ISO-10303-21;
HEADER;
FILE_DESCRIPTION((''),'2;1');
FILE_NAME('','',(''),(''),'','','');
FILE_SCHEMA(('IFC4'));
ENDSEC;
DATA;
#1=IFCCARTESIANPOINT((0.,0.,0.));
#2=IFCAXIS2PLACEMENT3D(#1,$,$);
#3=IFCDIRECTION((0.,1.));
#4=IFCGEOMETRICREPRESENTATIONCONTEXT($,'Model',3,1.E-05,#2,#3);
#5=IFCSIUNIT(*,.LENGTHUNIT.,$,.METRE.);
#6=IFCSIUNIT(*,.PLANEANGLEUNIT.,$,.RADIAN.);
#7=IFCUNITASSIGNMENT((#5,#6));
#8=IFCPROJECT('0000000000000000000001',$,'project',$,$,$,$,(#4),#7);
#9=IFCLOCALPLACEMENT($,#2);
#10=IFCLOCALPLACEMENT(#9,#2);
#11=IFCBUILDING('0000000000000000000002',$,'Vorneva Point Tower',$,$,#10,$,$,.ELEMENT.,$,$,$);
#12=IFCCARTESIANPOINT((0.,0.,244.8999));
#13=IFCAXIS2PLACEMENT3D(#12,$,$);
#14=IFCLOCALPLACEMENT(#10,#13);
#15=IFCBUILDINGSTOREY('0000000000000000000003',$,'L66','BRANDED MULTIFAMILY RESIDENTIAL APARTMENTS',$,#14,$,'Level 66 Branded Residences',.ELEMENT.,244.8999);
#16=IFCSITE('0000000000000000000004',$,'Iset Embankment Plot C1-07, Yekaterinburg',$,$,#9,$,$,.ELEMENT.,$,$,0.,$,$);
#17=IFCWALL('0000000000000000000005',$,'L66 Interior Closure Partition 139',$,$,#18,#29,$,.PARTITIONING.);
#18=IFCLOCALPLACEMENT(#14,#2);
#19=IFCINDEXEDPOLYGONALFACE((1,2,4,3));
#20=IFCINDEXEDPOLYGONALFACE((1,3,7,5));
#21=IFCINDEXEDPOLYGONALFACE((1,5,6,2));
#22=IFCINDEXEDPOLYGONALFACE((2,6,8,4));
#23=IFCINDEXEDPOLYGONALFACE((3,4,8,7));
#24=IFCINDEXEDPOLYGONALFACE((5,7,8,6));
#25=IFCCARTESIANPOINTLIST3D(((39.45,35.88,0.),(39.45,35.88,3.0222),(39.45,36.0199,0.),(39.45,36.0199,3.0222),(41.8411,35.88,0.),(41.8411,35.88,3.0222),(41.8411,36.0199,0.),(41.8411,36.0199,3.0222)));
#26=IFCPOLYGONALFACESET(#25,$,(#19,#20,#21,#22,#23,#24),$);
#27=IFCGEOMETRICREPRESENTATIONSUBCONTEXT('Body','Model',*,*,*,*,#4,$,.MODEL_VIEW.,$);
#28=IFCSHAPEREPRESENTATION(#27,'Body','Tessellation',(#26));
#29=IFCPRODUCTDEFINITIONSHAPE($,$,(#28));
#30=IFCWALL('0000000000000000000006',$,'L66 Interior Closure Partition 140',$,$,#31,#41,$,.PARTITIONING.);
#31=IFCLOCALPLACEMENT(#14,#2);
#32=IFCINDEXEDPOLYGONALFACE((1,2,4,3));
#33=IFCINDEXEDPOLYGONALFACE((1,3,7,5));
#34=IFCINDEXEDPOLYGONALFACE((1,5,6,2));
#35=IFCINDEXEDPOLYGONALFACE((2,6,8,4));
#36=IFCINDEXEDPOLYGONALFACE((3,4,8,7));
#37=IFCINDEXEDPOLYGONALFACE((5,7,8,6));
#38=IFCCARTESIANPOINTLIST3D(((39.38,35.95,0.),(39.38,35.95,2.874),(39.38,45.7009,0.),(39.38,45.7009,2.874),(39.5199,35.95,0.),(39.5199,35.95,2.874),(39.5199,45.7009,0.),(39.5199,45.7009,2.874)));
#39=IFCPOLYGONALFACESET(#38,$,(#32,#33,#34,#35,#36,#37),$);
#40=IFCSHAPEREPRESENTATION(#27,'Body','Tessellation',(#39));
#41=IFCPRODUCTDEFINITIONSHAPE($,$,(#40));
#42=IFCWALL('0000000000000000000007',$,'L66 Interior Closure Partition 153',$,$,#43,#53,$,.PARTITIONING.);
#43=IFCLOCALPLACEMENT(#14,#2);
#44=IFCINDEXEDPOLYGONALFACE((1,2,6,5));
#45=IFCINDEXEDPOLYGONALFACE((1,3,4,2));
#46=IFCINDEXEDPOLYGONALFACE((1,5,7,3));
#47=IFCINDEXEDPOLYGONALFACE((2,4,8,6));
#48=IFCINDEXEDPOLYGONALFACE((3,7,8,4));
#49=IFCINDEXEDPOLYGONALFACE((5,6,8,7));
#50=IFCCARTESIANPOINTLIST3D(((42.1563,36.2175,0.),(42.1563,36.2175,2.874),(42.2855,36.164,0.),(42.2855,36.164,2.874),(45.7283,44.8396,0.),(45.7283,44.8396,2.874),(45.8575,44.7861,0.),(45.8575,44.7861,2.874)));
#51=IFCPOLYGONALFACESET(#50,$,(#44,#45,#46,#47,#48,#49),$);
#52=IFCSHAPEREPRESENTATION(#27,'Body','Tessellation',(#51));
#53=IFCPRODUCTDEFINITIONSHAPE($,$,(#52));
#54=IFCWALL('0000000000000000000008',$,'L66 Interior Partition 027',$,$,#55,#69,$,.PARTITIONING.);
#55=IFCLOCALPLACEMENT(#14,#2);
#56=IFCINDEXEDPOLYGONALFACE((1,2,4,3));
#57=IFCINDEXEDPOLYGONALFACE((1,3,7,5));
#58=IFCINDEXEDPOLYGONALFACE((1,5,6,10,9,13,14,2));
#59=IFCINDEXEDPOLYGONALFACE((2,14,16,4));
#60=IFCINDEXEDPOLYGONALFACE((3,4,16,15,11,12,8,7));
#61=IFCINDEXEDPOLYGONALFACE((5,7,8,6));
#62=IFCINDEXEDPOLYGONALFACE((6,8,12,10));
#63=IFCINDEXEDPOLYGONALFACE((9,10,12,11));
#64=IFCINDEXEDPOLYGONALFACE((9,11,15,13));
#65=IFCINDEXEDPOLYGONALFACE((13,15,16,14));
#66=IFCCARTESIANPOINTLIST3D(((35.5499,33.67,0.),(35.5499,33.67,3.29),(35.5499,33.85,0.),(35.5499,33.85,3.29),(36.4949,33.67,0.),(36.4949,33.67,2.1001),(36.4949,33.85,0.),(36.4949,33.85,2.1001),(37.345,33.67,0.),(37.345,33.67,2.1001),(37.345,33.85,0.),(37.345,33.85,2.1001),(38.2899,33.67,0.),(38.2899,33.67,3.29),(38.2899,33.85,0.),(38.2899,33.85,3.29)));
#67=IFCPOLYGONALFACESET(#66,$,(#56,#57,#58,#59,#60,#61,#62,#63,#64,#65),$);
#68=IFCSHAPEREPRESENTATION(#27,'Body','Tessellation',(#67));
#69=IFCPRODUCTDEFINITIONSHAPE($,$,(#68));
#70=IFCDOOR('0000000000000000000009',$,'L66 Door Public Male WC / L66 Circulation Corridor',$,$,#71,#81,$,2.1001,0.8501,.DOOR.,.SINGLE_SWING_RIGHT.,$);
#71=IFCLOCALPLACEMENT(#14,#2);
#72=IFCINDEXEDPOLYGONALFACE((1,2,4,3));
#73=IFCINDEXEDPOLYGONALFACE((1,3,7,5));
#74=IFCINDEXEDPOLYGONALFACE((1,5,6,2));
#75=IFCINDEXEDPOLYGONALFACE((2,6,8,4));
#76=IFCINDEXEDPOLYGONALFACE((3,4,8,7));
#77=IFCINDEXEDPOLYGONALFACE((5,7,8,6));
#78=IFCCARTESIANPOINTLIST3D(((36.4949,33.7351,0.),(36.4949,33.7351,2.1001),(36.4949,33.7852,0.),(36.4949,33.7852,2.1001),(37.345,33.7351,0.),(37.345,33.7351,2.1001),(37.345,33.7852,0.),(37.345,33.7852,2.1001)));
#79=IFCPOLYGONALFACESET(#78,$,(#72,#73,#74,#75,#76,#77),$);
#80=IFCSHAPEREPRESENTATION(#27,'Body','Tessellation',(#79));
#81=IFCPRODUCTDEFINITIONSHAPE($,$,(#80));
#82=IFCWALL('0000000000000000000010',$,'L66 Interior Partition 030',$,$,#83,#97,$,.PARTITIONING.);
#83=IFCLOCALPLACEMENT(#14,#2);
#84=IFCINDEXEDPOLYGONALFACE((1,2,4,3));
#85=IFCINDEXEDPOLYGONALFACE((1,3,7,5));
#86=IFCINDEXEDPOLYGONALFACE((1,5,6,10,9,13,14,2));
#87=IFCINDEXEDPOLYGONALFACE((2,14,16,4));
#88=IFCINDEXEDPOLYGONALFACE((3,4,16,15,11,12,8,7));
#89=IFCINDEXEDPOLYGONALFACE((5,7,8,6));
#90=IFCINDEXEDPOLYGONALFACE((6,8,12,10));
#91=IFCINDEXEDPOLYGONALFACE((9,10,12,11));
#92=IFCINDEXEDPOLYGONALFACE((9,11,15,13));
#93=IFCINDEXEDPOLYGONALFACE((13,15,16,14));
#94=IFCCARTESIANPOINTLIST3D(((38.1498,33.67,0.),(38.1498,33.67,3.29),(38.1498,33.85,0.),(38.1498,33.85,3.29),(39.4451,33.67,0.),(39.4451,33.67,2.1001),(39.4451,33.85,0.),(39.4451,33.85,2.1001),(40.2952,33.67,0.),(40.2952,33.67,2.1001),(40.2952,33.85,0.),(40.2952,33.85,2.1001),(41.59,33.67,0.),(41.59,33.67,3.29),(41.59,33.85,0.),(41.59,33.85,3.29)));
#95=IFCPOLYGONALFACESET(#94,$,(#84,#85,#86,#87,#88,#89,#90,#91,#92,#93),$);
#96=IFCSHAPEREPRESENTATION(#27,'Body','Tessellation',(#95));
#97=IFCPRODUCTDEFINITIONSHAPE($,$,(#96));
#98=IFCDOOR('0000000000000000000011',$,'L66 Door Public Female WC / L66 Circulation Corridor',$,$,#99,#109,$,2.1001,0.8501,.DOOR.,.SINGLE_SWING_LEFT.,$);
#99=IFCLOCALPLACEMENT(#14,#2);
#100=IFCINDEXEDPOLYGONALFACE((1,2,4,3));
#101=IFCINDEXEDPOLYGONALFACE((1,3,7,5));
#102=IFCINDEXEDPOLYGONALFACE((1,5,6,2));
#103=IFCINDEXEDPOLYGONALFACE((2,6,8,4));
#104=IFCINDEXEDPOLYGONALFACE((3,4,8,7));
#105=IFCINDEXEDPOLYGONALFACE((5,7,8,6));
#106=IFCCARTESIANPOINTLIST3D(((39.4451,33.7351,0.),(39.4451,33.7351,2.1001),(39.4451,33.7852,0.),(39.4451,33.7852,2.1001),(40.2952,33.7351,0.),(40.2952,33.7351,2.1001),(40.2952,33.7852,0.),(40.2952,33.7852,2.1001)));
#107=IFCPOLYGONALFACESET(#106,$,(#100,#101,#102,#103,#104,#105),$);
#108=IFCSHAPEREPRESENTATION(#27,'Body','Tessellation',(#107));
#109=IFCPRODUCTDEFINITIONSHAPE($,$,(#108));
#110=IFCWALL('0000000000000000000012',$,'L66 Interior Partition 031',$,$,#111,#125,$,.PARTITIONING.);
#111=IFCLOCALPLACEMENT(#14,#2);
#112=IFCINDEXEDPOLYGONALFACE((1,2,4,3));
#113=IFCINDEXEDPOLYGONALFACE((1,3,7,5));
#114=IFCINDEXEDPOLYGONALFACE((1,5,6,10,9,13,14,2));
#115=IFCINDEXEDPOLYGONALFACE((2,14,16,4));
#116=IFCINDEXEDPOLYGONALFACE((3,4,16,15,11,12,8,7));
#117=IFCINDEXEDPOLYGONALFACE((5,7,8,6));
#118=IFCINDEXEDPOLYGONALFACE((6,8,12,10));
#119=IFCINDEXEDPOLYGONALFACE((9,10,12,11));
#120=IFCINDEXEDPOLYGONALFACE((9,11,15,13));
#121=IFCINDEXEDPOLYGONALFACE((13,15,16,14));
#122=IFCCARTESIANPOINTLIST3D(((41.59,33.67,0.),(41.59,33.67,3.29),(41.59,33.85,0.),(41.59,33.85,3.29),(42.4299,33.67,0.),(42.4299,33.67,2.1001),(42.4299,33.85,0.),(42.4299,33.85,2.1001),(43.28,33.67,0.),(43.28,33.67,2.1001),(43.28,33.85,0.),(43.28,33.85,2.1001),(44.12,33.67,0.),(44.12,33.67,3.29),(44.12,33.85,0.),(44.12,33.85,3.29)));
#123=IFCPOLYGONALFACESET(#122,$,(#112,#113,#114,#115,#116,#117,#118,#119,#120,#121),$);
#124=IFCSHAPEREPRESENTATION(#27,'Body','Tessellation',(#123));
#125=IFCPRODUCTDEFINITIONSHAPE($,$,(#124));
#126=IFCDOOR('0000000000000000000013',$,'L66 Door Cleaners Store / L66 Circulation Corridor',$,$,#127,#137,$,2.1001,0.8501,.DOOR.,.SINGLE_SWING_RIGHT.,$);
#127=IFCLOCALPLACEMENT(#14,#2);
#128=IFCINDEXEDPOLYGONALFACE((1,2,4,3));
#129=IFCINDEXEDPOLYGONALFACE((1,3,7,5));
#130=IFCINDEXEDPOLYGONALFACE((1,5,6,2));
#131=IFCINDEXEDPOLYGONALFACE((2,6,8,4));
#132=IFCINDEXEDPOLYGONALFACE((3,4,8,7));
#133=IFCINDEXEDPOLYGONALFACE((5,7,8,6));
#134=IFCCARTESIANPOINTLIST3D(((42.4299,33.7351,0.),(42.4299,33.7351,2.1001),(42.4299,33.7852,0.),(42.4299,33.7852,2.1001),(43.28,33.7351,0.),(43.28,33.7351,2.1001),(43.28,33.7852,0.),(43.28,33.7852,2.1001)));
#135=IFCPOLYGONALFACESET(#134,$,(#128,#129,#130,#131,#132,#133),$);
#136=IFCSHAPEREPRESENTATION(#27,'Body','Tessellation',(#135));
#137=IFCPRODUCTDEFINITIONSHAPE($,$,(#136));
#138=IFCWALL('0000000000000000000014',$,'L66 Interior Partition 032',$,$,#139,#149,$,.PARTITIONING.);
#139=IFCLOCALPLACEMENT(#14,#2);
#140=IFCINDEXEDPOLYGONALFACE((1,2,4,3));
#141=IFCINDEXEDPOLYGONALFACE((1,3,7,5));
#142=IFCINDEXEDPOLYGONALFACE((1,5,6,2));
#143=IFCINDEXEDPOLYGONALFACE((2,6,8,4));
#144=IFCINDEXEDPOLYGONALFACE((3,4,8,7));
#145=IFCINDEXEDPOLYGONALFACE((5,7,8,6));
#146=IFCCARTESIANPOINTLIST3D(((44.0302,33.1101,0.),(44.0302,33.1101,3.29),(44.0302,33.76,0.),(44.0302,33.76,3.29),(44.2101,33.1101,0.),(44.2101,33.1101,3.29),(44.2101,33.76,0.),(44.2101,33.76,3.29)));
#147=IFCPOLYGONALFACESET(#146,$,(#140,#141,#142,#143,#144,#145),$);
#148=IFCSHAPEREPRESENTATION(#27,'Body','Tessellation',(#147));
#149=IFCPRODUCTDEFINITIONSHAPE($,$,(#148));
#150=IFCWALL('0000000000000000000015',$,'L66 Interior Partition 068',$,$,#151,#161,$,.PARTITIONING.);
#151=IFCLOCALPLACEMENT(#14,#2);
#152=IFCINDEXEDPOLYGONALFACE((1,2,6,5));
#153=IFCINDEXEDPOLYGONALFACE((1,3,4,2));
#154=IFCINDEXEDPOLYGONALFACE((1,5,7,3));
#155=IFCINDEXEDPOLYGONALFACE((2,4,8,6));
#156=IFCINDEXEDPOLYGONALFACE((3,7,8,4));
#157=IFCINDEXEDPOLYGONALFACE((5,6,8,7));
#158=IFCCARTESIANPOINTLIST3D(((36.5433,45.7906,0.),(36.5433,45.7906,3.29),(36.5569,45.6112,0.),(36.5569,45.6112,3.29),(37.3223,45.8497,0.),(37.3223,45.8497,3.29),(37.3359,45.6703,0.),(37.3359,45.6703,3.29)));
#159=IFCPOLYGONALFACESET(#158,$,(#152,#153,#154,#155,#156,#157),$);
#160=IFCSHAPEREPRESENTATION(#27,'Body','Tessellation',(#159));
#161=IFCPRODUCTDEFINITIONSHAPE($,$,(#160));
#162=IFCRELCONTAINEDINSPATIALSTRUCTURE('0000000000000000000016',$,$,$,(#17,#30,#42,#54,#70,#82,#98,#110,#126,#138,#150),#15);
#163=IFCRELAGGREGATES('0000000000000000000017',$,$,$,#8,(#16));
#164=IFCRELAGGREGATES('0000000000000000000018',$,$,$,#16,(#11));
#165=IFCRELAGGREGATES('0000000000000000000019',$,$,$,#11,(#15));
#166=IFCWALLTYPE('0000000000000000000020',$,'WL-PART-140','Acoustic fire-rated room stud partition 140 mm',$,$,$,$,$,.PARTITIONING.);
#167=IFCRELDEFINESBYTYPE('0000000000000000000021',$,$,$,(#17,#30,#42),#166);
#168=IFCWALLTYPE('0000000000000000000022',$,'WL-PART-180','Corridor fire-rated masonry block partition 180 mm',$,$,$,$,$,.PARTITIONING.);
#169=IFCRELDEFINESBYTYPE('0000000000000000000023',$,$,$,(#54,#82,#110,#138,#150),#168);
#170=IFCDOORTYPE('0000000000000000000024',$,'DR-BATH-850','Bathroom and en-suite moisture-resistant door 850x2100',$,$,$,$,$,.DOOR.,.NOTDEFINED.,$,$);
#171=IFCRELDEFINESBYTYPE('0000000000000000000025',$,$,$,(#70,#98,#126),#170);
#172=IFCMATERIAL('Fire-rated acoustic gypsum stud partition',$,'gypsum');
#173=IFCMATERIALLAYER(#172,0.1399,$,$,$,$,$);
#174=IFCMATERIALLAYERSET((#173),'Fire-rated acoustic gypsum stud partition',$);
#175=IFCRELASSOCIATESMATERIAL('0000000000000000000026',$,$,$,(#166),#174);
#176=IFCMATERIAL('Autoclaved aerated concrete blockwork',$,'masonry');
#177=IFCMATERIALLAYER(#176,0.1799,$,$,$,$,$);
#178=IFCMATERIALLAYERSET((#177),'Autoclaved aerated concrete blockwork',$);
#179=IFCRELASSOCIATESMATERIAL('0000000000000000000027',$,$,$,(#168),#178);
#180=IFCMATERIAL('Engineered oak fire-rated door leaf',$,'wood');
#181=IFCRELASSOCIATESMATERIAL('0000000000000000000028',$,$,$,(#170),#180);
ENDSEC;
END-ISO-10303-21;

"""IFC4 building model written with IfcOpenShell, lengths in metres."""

from ifc_helpers import new_model, si_unit, direction, frame, frame_2d, origin, place, context, subcontext, project, spatial, rectangle, extrude, material, layer, layer_set, type_object, element, fill, save


model = new_model("IFC4")

# Units and contexts
model_context = context("Model", 3, precision=1e-05, world=origin(), true_north=direction((0.0, 1.0)))
body_context = subcontext(model_context, "Body", "Model", "MODEL_VIEW")
ifc_project = project(units=[si_unit("LENGTHUNIT", "METRE"), si_unit("PLANEANGLEUNIT", "RADIAN")], contexts=[model_context])

# Site, building, storey
site_placement = place(None, origin())
site = spatial("IfcSite", under=ifc_project, at=site_placement, Name="Iset Embankment Plot C1-07, Yekaterinburg", CompositionType="ELEMENT", RefElevation=0.0)
building_placement = place(site_placement, origin())
building = spatial("IfcBuilding", under=site, at=building_placement, Name="Vorneva Point Tower", CompositionType="ELEMENT")
storey_placement = place(building_placement, frame((0.0, 0.0, 244.8999)))
storey = spatial("IfcBuildingStorey", under=building, at=storey_placement, Name="L66", Description="BRANDED MULTIFAMILY RESIDENTIAL APARTMENTS", LongName="Level 66 Branded Residences", CompositionType="ELEMENT", Elevation=244.8999)

# Walls
ifc_material_1 = material(Name="Fire-rated acoustic gypsum stud partition", Category="gypsum")
ifc_layer_1 = layer(ifc_material_1, 0.1399)
ifc_layer_set_1 = layer_set([ifc_layer_1], Name="Fire-rated acoustic gypsum stud partition")
wall_type_1 = type_object("IfcWallType", Name="WL-PART-140", Description="Acoustic fire-rated room stud partition 140 mm", PredefinedType="PARTITIONING", material=ifc_layer_set_1)
wall_1_placement = place(storey_placement, frame((41.8411, 35.95, 0.0), z_axis=(0.0, 0.0, 1.0), x_axis=(-1.0, 0.0, 0.0)))
element("IfcWall", 1, at=wall_1_placement, inside=storey, type_object=wall_type_1, Name="L66 Interior Closure Partition 139", PredefinedType="PARTITIONING", context=body_context, shape_type="SweptSolid", body=[
    extrude(rectangle(XDim=2.3911, YDim=0.1399, at=frame_2d((1.1956, 0.0))), origin(), (0.0, 0.0, 1.0), 3.0222),
])
wall_2_placement = place(storey_placement, frame((39.45, 35.95, 0.0), z_axis=(0.0, 0.0, 1.0), x_axis=(0.0, 1.0, 0.0)))
element("IfcWall", 2, at=wall_2_placement, inside=storey, type_object=wall_type_1, Name="L66 Interior Closure Partition 140", PredefinedType="PARTITIONING", context=body_context, shape_type="SweptSolid", body=[
    extrude(rectangle(XDim=9.751, YDim=0.1399, at=frame_2d((4.8755, 0.0))), origin(), (0.0, 0.0, 1.0), 2.874),
])
wall_3_placement = place(storey_placement, frame((45.793, 44.813, 0.0), z_axis=(0.0, 0.0, 1.0), x_axis=(-0.382742, -0.923855, 0.0)))
element("IfcWall", 3, at=wall_3_placement, inside=storey, type_object=wall_type_1, Name="L66 Interior Closure Partition 153", PredefinedType="PARTITIONING", context=body_context, shape_type="SweptSolid", body=[
    extrude(rectangle(XDim=9.3328, YDim=0.1399, at=frame_2d((4.6665, 0.0))), origin(), (0.0, 0.0, 1.0), 2.874),
])

# Walls, openings, doors
ifc_material_2 = material(Name="Autoclaved aerated concrete blockwork", Category="masonry")
ifc_layer_2 = layer(ifc_material_2, 0.1799)
ifc_layer_set_2 = layer_set([ifc_layer_2], Name="Autoclaved aerated concrete blockwork")
wall_type_2 = type_object("IfcWallType", Name="WL-PART-180", Description="Corridor fire-rated masonry block partition 180 mm", PredefinedType="PARTITIONING", material=ifc_layer_set_2)
wall_4_placement = place(storey_placement, frame((38.29, 33.76, 0.0), z_axis=(0.0, 0.0, 1.0), x_axis=(-1.0, 0.0, 0.0)))
wall_4 = element("IfcWall", 4, at=wall_4_placement, inside=storey, type_object=wall_type_2, Name="L66 Interior Partition 027", PredefinedType="PARTITIONING", context=body_context, shape_type="SweptSolid", body=[
    extrude(rectangle(XDim=2.74, YDim=0.1799, at=frame_2d((1.3701, 0.0))), origin(), (0.0, 0.0, 1.0), 3.29),
])
opening_1_placement = place(wall_4_placement, frame((0.9451, 0.0, 0.0)))
opening_1 = element("IfcOpeningElement", 5, at=opening_1_placement, cuts=wall_4, PredefinedType="OPENING", context=body_context, shape_type="SweptSolid", body=[
    extrude(rectangle(XDim=0.8501, YDim=2.1001, at=frame_2d((0.425, 1.05))), frame((0.0, 0.105, 0.0), z_axis=(0.0, -1.0, 0.0), x_axis=(1.0, 0.0, 0.0)), (0.0, 0.0, 1.0), 0.2097),
])
ifc_material_3 = material(Name="Engineered oak fire-rated door leaf", Category="wood")
door_type_1 = type_object("IfcDoorType", Name="DR-BATH-850", Description="Bathroom and en-suite moisture-resistant door 850x2100", OperationType="NOTDEFINED", PredefinedType="DOOR", material=ifc_material_3)
door_1_placement = place(opening_1_placement, origin())
door_1 = element("IfcDoor", 6, at=door_1_placement, inside=storey, type_object=door_type_1, Name="L66 Door Public Male WC / L66 Circulation Corridor", OperationType="SINGLE_SWING_RIGHT", OverallHeight=2.1001, OverallWidth=0.8501, PredefinedType="DOOR", context=body_context, shape_type="SweptSolid", body=[
    extrude(rectangle(XDim=0.8501, YDim=2.1001, at=frame_2d((0.425, 1.05))), frame((0.0, 0.0249, 0.0), z_axis=(0.0, -1.0, 0.0), x_axis=(1.0, 0.0, 0.0)), (0.0, 0.0, 1.0), 0.05),
])
fill(opening_1, door_1)
wall_5_placement = place(storey_placement, frame((41.5901, 33.76, 0.0), z_axis=(0.0, 0.0, 1.0), x_axis=(-1.0, 0.0, 0.0)))
wall_5 = element("IfcWall", 7, at=wall_5_placement, inside=storey, type_object=wall_type_2, Name="L66 Interior Partition 030", PredefinedType="PARTITIONING", context=body_context, shape_type="SweptSolid", body=[
    extrude(rectangle(XDim=3.4402, YDim=0.1799, at=frame_2d((1.7202, 0.0))), origin(), (0.0, 0.0, 1.0), 3.29),
])
opening_2_placement = place(wall_5_placement, frame((1.2949, 0.0, 0.0)))
opening_2 = element("IfcOpeningElement", 8, at=opening_2_placement, cuts=wall_5, PredefinedType="OPENING", context=body_context, shape_type="SweptSolid", body=[
    extrude(rectangle(XDim=0.8501, YDim=2.1001, at=frame_2d((0.425, 1.05))), frame((0.0, 0.105, 0.0), z_axis=(0.0, -1.0, 0.0), x_axis=(1.0, 0.0, 0.0)), (0.0, 0.0, 1.0), 0.2097),
])
door_2_placement = place(opening_2_placement, origin())
door_2 = element("IfcDoor", 9, at=door_2_placement, inside=storey, type_object=door_type_1, Name="L66 Door Public Female WC / L66 Circulation Corridor", OperationType="SINGLE_SWING_LEFT", OverallHeight=2.1001, OverallWidth=0.8501, PredefinedType="DOOR", context=body_context, shape_type="SweptSolid", body=[
    extrude(rectangle(XDim=0.8501, YDim=2.1001, at=frame_2d((0.425, 1.05))), frame((0.0, 0.0249, 0.0), z_axis=(0.0, -1.0, 0.0), x_axis=(1.0, 0.0, 0.0)), (0.0, 0.0, 1.0), 0.05),
])
fill(opening_2, door_2)
wall_6_placement = place(storey_placement, frame((44.1201, 33.76, 0.0), z_axis=(0.0, 0.0, 1.0), x_axis=(-1.0, 0.0, 0.0)))
wall_6 = element("IfcWall", 10, at=wall_6_placement, inside=storey, type_object=wall_type_2, Name="L66 Interior Partition 031", PredefinedType="PARTITIONING", context=body_context, shape_type="SweptSolid", body=[
    extrude(rectangle(XDim=2.53, YDim=0.1799, at=frame_2d((1.2651, 0.0))), origin(), (0.0, 0.0, 1.0), 3.29),
])
opening_3_placement = place(wall_6_placement, frame((0.8401, 0.0, 0.0)))
opening_3 = element("IfcOpeningElement", 11, at=opening_3_placement, cuts=wall_6, PredefinedType="OPENING", context=body_context, shape_type="SweptSolid", body=[
    extrude(rectangle(XDim=0.8501, YDim=2.1001, at=frame_2d((0.425, 1.05))), frame((0.0, 0.105, 0.0), z_axis=(0.0, -1.0, 0.0), x_axis=(1.0, 0.0, 0.0)), (0.0, 0.0, 1.0), 0.2097),
])
door_3_placement = place(opening_3_placement, origin())
door_3 = element("IfcDoor", 12, at=door_3_placement, inside=storey, type_object=door_type_1, Name="L66 Door Cleaners Store / L66 Circulation Corridor", OperationType="SINGLE_SWING_RIGHT", OverallHeight=2.1001, OverallWidth=0.8501, PredefinedType="DOOR", context=body_context, shape_type="SweptSolid", body=[
    extrude(rectangle(XDim=0.8501, YDim=2.1001, at=frame_2d((0.425, 1.05))), frame((0.0, 0.0249, 0.0), z_axis=(0.0, -1.0, 0.0), x_axis=(1.0, 0.0, 0.0)), (0.0, 0.0, 1.0), 0.05),
])
fill(opening_3, door_3)

# Walls
wall_7_placement = place(storey_placement, frame((44.1201, 33.1101, 0.0), z_axis=(0.0, 0.0, 1.0), x_axis=(0.0, 1.0, 0.0)))
element("IfcWall", 13, at=wall_7_placement, inside=storey, type_object=wall_type_2, Name="L66 Interior Partition 032", PredefinedType="PARTITIONING", context=body_context, shape_type="SweptSolid", body=[
    extrude(rectangle(XDim=0.6499, YDim=0.1799, at=frame_2d((0.325, 0.0))), origin(), (0.0, 0.0, 1.0), 3.29),
])
wall_8_placement = place(storey_placement, frame((37.3291, 45.76, 0.0), z_axis=(0.0, 0.0, 1.0), x_axis=(-0.997137, -0.075621, 0.0)))
element("IfcWall", 14, at=wall_8_placement, inside=storey, type_object=wall_type_2, Name="L66 Interior Partition 068", PredefinedType="PARTITIONING", context=body_context, shape_type="SweptSolid", body=[
    extrude(rectangle(XDim=0.7812, YDim=0.1799, at=frame_2d((0.3906, 0.0))), origin(), (0.0, 0.0, 1.0), 3.29),
])

save(model, "model.ifc")
